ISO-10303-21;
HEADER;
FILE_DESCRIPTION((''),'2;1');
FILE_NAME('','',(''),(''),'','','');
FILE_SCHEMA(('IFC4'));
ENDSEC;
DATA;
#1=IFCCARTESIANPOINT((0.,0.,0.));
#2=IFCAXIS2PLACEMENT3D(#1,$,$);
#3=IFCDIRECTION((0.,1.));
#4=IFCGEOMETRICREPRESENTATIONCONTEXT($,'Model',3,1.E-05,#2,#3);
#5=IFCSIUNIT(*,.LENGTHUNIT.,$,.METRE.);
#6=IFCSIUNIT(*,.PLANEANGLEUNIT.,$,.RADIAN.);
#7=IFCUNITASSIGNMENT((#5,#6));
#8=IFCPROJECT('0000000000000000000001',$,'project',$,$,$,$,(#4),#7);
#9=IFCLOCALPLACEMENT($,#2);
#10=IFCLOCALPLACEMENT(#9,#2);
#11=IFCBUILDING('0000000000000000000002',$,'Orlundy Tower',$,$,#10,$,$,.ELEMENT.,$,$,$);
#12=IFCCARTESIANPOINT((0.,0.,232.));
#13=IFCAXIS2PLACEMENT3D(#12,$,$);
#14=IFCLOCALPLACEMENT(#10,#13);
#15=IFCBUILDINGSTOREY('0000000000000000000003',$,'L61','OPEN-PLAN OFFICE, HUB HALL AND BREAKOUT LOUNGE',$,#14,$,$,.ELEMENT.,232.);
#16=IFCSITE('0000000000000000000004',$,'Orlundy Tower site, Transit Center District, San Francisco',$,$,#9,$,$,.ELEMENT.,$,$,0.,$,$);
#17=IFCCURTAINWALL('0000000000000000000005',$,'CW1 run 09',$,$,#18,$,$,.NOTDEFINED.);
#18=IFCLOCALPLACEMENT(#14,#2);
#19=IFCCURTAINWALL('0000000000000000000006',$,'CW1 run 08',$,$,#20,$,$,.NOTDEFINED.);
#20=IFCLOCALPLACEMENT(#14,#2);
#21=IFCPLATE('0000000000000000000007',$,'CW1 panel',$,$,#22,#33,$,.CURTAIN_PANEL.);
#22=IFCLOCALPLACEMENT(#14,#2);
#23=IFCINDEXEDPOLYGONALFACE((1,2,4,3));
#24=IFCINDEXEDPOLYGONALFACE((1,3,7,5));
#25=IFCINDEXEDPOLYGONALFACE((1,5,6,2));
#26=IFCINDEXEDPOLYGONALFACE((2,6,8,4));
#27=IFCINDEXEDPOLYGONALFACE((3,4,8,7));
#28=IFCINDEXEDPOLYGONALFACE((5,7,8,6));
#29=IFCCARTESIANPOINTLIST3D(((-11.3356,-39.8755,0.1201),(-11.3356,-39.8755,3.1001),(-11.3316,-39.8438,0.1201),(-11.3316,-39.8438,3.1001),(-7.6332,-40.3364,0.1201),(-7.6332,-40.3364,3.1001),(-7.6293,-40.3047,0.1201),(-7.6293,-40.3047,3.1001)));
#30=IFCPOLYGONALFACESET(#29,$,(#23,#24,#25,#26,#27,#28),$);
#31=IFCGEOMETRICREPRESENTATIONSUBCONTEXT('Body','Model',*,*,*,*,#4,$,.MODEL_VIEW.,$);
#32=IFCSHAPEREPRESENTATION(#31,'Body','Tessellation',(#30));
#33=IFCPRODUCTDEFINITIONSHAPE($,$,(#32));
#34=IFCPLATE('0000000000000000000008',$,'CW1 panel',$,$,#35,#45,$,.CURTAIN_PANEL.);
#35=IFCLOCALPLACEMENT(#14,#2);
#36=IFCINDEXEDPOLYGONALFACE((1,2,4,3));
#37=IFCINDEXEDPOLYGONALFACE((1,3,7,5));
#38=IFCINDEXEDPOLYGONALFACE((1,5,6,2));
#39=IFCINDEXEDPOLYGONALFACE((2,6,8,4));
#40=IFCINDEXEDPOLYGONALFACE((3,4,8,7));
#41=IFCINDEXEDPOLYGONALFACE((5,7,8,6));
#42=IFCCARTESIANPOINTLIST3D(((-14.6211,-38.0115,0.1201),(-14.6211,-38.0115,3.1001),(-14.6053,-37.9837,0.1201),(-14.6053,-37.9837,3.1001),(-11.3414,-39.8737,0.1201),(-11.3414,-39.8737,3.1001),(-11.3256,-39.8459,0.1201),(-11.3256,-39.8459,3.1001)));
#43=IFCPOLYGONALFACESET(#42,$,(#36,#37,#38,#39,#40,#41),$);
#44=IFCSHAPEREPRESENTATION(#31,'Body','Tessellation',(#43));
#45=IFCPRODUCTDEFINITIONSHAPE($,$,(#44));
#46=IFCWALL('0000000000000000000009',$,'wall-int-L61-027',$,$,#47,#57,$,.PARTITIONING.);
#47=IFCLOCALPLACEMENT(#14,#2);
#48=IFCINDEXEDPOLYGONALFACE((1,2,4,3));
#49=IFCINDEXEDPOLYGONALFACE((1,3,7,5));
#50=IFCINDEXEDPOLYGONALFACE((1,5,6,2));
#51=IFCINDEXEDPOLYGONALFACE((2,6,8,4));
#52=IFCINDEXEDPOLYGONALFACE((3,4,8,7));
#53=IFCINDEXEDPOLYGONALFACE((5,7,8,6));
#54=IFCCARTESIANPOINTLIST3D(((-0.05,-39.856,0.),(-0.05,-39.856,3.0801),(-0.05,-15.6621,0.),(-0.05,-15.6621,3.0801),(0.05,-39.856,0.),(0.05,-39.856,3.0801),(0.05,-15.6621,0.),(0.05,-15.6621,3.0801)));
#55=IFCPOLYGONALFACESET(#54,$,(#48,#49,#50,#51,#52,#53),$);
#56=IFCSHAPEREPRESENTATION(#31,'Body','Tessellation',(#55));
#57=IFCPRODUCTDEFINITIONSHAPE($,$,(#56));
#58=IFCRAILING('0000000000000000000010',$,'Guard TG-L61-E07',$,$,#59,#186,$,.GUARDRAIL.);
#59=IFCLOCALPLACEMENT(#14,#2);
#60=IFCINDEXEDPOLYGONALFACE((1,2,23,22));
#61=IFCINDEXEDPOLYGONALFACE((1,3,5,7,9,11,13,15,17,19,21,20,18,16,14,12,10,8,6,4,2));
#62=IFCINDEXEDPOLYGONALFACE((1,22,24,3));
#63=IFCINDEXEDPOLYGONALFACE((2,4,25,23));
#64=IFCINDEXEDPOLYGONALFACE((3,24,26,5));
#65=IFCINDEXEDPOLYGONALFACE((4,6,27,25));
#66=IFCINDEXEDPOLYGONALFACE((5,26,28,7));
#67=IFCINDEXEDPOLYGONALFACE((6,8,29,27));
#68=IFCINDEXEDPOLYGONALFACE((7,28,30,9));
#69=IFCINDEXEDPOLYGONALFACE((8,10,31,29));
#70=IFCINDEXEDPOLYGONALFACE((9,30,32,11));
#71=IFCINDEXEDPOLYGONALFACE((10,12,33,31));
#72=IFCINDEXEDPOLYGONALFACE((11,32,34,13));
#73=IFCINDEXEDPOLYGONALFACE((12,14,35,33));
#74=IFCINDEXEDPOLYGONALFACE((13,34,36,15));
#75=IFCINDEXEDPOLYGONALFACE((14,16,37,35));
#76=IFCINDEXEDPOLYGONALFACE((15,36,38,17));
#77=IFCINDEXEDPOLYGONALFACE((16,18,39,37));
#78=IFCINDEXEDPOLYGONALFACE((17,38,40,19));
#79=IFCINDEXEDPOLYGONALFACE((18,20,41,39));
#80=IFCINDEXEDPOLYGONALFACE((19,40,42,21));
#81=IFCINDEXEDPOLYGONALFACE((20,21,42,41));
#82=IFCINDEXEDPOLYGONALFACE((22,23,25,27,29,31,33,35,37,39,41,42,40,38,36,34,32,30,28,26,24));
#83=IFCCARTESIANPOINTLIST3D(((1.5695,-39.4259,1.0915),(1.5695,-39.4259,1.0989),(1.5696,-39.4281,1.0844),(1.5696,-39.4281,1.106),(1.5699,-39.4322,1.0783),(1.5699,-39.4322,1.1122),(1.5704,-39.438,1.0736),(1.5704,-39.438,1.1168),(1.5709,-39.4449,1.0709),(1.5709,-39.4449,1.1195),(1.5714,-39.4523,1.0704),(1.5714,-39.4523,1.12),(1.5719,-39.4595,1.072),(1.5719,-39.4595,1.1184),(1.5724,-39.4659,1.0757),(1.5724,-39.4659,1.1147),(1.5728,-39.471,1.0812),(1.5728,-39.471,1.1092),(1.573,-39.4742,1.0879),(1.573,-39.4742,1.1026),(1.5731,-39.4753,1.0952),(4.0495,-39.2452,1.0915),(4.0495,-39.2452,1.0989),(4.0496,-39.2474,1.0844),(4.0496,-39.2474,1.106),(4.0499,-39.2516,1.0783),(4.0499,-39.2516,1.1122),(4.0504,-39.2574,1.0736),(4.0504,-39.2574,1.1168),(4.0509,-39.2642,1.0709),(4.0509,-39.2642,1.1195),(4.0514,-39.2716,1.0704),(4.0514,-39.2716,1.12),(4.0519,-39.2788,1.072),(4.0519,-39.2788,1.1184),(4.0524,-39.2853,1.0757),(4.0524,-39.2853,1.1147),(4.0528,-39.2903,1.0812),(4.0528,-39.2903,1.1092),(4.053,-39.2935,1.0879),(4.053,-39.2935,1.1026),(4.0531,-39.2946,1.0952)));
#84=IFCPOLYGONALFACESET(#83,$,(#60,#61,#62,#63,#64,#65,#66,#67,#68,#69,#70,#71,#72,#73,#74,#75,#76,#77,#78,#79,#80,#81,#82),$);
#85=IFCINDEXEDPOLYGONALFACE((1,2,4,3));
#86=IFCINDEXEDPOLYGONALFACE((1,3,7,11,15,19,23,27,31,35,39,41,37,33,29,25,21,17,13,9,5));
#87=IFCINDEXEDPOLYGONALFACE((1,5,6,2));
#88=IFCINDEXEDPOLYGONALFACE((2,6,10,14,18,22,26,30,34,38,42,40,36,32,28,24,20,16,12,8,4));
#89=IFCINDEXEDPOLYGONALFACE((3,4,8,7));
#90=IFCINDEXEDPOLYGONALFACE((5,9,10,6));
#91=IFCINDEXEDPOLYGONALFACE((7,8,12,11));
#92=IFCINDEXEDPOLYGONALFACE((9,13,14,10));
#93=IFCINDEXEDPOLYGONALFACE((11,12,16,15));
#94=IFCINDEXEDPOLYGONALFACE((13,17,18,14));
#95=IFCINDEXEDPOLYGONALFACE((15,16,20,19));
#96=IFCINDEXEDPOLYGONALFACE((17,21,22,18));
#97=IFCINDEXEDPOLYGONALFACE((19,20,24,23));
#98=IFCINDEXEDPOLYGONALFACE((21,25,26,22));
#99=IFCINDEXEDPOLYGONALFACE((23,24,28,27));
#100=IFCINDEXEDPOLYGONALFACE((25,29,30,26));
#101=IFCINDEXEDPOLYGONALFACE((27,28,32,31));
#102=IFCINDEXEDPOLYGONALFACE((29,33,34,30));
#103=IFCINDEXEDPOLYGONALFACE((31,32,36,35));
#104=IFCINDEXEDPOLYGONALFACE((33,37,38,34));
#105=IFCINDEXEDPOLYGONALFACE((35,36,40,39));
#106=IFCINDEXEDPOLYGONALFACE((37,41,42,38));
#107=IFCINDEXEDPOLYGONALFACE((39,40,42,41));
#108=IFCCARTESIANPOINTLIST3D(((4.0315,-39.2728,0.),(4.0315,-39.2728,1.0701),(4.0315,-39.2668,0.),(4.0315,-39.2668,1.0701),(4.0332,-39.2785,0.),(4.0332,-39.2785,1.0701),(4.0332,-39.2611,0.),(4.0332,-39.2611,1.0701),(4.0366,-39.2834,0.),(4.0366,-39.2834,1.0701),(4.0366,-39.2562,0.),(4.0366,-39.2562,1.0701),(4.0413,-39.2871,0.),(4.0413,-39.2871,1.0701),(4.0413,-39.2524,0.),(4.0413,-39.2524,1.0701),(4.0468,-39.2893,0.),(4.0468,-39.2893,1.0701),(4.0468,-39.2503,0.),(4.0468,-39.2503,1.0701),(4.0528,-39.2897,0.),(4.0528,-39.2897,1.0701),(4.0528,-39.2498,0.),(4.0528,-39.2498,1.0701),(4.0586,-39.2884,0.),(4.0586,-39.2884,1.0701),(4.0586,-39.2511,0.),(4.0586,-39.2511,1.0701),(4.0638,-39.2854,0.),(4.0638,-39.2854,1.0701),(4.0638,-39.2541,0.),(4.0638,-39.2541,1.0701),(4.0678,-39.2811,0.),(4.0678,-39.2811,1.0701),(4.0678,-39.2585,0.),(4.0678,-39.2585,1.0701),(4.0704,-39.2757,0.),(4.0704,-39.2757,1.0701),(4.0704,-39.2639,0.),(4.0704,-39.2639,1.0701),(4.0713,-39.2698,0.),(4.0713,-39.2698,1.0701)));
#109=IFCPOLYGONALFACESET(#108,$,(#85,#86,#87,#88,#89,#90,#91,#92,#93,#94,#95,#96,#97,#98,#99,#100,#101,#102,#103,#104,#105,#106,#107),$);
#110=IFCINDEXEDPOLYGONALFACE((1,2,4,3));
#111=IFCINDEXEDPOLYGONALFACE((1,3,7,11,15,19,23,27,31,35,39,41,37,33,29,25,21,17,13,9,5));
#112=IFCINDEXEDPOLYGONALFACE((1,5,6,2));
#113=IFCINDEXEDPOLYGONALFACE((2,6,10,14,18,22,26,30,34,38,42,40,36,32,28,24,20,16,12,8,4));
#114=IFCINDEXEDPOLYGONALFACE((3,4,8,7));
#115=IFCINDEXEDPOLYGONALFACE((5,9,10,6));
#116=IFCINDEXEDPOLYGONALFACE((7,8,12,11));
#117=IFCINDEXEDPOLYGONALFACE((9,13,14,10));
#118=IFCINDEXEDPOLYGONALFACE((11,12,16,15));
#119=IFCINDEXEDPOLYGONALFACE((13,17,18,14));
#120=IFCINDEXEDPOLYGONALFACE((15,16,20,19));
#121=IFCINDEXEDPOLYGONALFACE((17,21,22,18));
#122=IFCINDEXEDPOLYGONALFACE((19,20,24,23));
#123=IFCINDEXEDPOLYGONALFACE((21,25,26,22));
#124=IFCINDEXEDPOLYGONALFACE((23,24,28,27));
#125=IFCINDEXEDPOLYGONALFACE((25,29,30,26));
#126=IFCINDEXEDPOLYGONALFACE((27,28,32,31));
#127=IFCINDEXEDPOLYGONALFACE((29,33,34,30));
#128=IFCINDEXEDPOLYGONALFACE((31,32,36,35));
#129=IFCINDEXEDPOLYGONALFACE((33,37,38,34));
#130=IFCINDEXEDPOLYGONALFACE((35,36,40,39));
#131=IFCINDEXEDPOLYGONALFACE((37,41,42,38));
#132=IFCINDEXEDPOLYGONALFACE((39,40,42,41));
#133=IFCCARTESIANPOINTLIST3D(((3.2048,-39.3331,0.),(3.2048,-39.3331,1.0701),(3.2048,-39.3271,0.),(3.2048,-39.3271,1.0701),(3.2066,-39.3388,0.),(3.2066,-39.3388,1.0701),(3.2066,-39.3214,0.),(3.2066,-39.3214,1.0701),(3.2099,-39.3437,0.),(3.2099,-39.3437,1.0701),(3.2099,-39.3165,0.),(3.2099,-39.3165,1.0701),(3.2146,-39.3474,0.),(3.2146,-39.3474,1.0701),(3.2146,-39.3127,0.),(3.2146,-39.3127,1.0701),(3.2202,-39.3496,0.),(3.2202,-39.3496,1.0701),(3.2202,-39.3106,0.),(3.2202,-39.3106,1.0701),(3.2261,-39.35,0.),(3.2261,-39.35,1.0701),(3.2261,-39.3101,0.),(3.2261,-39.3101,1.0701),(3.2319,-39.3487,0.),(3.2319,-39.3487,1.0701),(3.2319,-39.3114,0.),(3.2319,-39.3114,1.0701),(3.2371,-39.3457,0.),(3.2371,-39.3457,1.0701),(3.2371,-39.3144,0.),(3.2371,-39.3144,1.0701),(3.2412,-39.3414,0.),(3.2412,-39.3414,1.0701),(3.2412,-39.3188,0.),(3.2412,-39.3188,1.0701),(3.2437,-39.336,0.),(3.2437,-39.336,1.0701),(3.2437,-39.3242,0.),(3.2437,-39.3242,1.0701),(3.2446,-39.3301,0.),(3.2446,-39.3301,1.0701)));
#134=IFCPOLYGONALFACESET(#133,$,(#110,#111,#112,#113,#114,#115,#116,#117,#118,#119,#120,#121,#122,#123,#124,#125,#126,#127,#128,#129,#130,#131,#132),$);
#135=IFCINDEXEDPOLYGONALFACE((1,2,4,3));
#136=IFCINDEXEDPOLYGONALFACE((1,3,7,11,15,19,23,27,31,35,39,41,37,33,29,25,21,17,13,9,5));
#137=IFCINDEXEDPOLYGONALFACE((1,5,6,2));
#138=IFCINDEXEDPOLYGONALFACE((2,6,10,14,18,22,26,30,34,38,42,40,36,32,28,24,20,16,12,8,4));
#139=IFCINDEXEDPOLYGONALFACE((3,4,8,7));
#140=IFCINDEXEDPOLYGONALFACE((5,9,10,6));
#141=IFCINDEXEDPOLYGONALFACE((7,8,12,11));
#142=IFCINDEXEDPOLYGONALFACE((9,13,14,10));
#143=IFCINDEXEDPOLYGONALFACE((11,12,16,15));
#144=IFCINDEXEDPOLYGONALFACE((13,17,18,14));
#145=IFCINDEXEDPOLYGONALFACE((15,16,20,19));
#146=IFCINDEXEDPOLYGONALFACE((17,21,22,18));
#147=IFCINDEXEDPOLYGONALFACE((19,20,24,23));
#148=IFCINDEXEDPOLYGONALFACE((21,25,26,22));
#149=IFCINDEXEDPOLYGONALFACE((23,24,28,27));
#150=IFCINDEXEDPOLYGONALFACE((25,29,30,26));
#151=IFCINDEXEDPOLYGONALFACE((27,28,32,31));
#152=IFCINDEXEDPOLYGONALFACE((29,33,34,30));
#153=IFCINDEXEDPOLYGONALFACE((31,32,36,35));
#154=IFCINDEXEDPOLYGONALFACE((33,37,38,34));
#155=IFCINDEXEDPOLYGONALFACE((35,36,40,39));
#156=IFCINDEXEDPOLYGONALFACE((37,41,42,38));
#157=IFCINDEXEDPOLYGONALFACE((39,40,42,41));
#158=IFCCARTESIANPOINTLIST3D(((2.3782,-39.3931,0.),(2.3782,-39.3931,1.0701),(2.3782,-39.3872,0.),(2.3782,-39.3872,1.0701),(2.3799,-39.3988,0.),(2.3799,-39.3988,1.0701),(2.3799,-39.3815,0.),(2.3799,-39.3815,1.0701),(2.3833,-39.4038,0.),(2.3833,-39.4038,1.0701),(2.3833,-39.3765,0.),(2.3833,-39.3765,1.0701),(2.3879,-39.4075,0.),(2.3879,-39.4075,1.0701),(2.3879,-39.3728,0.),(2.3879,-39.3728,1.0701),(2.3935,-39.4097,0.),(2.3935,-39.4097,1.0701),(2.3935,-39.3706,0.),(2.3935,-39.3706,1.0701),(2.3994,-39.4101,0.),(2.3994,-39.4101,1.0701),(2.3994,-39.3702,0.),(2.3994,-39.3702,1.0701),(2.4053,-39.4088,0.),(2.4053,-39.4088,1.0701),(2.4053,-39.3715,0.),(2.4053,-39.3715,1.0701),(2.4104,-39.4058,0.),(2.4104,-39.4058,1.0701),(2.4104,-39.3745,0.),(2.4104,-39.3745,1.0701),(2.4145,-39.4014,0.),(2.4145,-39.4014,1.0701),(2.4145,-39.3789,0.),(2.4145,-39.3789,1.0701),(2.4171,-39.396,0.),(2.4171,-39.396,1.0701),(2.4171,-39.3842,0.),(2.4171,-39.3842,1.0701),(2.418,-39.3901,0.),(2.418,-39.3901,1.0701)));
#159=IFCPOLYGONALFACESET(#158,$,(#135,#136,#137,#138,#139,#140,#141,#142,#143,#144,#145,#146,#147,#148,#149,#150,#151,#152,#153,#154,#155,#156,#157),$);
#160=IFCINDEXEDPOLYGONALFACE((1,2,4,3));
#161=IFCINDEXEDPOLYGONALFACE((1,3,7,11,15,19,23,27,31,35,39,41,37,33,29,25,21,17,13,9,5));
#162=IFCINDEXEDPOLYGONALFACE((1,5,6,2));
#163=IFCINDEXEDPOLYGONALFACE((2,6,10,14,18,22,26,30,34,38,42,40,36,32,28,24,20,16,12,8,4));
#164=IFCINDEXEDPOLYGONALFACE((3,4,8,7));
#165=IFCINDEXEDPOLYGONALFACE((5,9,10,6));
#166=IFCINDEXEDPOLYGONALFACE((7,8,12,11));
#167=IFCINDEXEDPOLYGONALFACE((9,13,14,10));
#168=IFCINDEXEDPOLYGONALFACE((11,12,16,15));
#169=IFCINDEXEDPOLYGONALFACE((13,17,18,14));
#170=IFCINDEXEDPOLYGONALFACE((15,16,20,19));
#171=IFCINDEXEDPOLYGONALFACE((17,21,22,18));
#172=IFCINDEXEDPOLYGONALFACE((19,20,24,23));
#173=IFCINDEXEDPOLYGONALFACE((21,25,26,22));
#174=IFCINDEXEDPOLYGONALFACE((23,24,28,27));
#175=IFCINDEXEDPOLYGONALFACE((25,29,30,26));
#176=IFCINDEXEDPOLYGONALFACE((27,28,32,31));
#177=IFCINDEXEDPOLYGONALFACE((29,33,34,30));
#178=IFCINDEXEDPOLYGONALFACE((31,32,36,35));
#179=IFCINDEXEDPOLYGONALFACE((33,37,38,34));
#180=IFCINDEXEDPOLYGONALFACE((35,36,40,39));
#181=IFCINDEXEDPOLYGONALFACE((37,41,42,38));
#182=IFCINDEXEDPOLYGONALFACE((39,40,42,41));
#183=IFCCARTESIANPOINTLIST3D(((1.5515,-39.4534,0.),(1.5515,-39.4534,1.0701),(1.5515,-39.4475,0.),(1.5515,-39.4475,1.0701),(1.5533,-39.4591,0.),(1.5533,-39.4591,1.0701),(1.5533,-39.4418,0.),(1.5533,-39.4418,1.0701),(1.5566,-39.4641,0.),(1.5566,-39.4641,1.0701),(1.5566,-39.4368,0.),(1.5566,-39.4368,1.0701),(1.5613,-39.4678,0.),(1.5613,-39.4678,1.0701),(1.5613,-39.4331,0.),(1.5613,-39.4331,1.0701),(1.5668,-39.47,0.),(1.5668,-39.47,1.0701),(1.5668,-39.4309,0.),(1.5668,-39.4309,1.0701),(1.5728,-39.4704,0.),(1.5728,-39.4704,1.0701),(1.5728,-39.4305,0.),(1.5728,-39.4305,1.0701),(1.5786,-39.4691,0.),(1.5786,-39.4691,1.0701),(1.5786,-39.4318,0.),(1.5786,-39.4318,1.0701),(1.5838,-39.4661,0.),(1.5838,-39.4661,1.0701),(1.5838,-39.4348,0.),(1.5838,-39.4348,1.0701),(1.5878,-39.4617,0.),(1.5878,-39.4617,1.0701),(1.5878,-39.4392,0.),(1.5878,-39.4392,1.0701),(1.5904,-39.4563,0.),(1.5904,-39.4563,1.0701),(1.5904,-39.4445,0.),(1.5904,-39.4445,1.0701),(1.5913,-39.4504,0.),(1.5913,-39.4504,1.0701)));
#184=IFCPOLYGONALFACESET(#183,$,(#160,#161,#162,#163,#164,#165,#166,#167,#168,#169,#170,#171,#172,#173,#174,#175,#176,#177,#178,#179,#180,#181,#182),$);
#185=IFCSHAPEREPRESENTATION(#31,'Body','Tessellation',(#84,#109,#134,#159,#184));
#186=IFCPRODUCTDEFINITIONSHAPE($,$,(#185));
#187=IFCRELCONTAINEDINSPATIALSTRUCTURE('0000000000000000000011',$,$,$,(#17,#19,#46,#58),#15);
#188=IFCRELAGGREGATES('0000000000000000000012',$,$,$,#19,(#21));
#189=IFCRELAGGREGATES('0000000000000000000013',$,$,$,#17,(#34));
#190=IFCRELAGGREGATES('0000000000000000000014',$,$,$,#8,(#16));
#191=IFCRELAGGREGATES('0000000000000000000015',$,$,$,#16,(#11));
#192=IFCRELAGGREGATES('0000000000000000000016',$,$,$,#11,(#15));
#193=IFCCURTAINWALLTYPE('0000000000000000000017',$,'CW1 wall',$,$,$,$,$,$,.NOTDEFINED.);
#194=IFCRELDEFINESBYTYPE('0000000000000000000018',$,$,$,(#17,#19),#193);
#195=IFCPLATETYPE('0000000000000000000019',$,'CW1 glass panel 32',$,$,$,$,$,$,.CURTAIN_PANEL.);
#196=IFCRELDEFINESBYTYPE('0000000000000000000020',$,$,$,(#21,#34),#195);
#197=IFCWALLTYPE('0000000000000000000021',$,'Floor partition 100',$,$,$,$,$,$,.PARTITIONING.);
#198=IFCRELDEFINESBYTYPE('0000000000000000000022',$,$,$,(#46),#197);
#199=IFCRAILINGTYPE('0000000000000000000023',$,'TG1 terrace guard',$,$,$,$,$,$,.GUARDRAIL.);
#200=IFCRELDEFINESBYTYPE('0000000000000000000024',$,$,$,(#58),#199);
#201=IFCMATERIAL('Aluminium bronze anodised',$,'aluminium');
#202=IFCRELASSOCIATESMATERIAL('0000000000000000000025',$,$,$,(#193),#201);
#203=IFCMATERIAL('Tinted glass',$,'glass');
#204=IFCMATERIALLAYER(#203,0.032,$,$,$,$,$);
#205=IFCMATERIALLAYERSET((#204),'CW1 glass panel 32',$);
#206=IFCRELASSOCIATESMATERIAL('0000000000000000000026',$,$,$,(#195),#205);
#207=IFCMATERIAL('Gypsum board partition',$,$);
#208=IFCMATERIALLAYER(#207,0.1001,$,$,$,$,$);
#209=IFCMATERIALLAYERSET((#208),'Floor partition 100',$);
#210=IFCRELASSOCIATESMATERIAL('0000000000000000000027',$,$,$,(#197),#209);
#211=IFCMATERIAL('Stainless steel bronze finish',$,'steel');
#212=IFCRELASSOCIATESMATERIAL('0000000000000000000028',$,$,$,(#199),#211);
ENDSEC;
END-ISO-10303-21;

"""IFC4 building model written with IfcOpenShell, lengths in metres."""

from ifc_helpers import new_model, si_unit, direction, frame, frame_2d, origin, origin_2d, place, context, subcontext, project, spatial, rectangle, circle, extrude, material, layer, layer_set, type_object, element, aggregate, save


model = new_model("IFC4")

# Units and contexts
model_context = context("Model", 3, precision=1e-05, world=origin(), true_north=direction((0.0, 1.0)))
body_context = subcontext(model_context, "Body", "Model", "MODEL_VIEW")
ifc_project = project(units=[si_unit("LENGTHUNIT", "METRE"), si_unit("PLANEANGLEUNIT", "RADIAN")], contexts=[model_context])

# Site, building, storey
site_placement = place(None, origin())
site = spatial("IfcSite", under=ifc_project, at=site_placement, Name="Orlundy Tower site, Transit Center District, San Francisco", CompositionType="ELEMENT", RefElevation=0.0)
building_placement = place(site_placement, origin())
building = spatial("IfcBuilding", under=site, at=building_placement, Name="Orlundy Tower", CompositionType="ELEMENT")
storey_placement = place(building_placement, frame((0.0, 0.0, 232.0)))
storey = spatial("IfcBuildingStorey", under=building, at=storey_placement, Name="L61", Description="OPEN-PLAN OFFICE, HUB HALL AND BREAKOUT LOUNGE", CompositionType="ELEMENT", Elevation=232.0)

# Curtain wall
ifc_material_1 = material(Name="Aluminium bronze anodised", Category="aluminium")
curtain_wall_type = type_object("IfcCurtainWallType", Name="CW1 wall", PredefinedType="NOTDEFINED", material=ifc_material_1)
curtain_wall_1_placement = place(storey_placement, origin())
curtain_wall_1 = element("IfcCurtainWall", 1, at=curtain_wall_1_placement, inside=storey, type_object=curtain_wall_type, Name="CW1 run 09", PredefinedType="NOTDEFINED")

# Curtain wall
curtain_wall_2_placement = place(storey_placement, origin())
curtain_wall_2 = element("IfcCurtainWall", 2, at=curtain_wall_2_placement, inside=storey, type_object=curtain_wall_type, Name="CW1 run 08", PredefinedType="NOTDEFINED")

# Plates
ifc_material_2 = material(Name="Tinted glass", Category="glass")
ifc_layer_1 = layer(ifc_material_2, 0.032)
ifc_layer_set_1 = layer_set([ifc_layer_1], Name="CW1 glass panel 32")
plate_type = type_object("IfcPlateType", Name="CW1 glass panel 32", PredefinedType="CURTAIN_PANEL", material=ifc_layer_set_1)
plate_1_placement = place(storey_placement, frame((-9.4824, -40.0901, 0.1201), z_axis=(0.0, 0.0, 1.0), x_axis=(-0.99234, 0.123537, 0.0)))
plate_1 = element("IfcPlate", 3, at=plate_1_placement, type_object=plate_type, Name="CW1 panel", PredefinedType="CURTAIN_PANEL", context=body_context, shape_type="SweptSolid", body=[
    extrude(rectangle(XDim=3.731, YDim=0.032, at=origin_2d()), origin(), (0.0, 0.0, 1.0), 2.98),
])
aggregate(curtain_wall_2, [plate_1])
plate_2_placement = place(storey_placement, frame((-12.9734, -38.9287, 0.1201), z_axis=(0.0, 0.0, 1.0), x_axis=(-0.869601, 0.493754, 0.0)))
plate_2 = element("IfcPlate", 4, at=plate_2_placement, type_object=plate_type, Name="CW1 panel", PredefinedType="CURTAIN_PANEL", context=body_context, shape_type="SweptSolid", body=[
    extrude(rectangle(XDim=3.7715, YDim=0.032, at=origin_2d()), origin(), (0.0, 0.0, 1.0), 2.98),
])
aggregate(curtain_wall_1, [plate_2])

# Wall
ifc_material_3 = material(Name="Gypsum board partition")
ifc_layer_2 = layer(ifc_material_3, 0.1001)
ifc_layer_set_2 = layer_set([ifc_layer_2], Name="Floor partition 100")
wall_type = type_object("IfcWallType", Name="Floor partition 100", PredefinedType="PARTITIONING", material=ifc_layer_set_2)
wall_placement = place(storey_placement, frame((0.0, -39.856, 0.0), z_axis=(0.0, 0.0, 1.0), x_axis=(0.0, 1.0, 0.0)))
element("IfcWall", 5, at=wall_placement, inside=storey, type_object=wall_type, Name="wall-int-L61-027", PredefinedType="PARTITIONING", context=body_context, shape_type="SweptSolid", body=[
    extrude(rectangle(XDim=24.1938, YDim=0.1001, at=frame_2d((12.0969, 0.0))), origin(), (0.0, 0.0, 1.0), 3.0801),
])

# Railing
ifc_material_4 = material(Name="Stainless steel bronze finish", Category="steel")
railing_type = type_object("IfcRailingType", Name="TG1 terrace guard", PredefinedType="GUARDRAIL", material=ifc_material_4)
railing_1_placement = place(storey_placement, frame((4.0513, -39.2698, 0.0)))
element("IfcRailing", 6, at=railing_1_placement, inside=storey, type_object=railing_type, Name="Guard TG-L61-E07", PredefinedType="GUARDRAIL", context=body_context, shape_type="SweptSolid", body=[
    extrude(circle(Radius=0.0249, at=origin_2d()), frame((0.0, 0.0, 1.0952), z_axis=(-0.997357, -0.072656, 0.0), x_axis=(0.072656, -0.997357, 0.0)), (0.0, 0.0, 1.0), 2.4866),
    extrude(circle(Radius=0.02, at=origin_2d()), origin(), (0.0, 0.0, 1.0), 1.0701),
    extrude(circle(Radius=0.02, at=origin_2d()), frame((-0.8267, -0.0603, 0.0)), (0.0, 0.0, 1.0), 1.0701),
    extrude(circle(Radius=0.02, at=origin_2d()), frame((-1.6533, -0.1204, 0.0)), (0.0, 0.0, 1.0), 1.0701),
    extrude(circle(Radius=0.02, at=origin_2d()), frame((-2.48, -0.1807, 0.0)), (0.0, 0.0, 1.0), 1.0701),
])

save(model, "model.ifc")
